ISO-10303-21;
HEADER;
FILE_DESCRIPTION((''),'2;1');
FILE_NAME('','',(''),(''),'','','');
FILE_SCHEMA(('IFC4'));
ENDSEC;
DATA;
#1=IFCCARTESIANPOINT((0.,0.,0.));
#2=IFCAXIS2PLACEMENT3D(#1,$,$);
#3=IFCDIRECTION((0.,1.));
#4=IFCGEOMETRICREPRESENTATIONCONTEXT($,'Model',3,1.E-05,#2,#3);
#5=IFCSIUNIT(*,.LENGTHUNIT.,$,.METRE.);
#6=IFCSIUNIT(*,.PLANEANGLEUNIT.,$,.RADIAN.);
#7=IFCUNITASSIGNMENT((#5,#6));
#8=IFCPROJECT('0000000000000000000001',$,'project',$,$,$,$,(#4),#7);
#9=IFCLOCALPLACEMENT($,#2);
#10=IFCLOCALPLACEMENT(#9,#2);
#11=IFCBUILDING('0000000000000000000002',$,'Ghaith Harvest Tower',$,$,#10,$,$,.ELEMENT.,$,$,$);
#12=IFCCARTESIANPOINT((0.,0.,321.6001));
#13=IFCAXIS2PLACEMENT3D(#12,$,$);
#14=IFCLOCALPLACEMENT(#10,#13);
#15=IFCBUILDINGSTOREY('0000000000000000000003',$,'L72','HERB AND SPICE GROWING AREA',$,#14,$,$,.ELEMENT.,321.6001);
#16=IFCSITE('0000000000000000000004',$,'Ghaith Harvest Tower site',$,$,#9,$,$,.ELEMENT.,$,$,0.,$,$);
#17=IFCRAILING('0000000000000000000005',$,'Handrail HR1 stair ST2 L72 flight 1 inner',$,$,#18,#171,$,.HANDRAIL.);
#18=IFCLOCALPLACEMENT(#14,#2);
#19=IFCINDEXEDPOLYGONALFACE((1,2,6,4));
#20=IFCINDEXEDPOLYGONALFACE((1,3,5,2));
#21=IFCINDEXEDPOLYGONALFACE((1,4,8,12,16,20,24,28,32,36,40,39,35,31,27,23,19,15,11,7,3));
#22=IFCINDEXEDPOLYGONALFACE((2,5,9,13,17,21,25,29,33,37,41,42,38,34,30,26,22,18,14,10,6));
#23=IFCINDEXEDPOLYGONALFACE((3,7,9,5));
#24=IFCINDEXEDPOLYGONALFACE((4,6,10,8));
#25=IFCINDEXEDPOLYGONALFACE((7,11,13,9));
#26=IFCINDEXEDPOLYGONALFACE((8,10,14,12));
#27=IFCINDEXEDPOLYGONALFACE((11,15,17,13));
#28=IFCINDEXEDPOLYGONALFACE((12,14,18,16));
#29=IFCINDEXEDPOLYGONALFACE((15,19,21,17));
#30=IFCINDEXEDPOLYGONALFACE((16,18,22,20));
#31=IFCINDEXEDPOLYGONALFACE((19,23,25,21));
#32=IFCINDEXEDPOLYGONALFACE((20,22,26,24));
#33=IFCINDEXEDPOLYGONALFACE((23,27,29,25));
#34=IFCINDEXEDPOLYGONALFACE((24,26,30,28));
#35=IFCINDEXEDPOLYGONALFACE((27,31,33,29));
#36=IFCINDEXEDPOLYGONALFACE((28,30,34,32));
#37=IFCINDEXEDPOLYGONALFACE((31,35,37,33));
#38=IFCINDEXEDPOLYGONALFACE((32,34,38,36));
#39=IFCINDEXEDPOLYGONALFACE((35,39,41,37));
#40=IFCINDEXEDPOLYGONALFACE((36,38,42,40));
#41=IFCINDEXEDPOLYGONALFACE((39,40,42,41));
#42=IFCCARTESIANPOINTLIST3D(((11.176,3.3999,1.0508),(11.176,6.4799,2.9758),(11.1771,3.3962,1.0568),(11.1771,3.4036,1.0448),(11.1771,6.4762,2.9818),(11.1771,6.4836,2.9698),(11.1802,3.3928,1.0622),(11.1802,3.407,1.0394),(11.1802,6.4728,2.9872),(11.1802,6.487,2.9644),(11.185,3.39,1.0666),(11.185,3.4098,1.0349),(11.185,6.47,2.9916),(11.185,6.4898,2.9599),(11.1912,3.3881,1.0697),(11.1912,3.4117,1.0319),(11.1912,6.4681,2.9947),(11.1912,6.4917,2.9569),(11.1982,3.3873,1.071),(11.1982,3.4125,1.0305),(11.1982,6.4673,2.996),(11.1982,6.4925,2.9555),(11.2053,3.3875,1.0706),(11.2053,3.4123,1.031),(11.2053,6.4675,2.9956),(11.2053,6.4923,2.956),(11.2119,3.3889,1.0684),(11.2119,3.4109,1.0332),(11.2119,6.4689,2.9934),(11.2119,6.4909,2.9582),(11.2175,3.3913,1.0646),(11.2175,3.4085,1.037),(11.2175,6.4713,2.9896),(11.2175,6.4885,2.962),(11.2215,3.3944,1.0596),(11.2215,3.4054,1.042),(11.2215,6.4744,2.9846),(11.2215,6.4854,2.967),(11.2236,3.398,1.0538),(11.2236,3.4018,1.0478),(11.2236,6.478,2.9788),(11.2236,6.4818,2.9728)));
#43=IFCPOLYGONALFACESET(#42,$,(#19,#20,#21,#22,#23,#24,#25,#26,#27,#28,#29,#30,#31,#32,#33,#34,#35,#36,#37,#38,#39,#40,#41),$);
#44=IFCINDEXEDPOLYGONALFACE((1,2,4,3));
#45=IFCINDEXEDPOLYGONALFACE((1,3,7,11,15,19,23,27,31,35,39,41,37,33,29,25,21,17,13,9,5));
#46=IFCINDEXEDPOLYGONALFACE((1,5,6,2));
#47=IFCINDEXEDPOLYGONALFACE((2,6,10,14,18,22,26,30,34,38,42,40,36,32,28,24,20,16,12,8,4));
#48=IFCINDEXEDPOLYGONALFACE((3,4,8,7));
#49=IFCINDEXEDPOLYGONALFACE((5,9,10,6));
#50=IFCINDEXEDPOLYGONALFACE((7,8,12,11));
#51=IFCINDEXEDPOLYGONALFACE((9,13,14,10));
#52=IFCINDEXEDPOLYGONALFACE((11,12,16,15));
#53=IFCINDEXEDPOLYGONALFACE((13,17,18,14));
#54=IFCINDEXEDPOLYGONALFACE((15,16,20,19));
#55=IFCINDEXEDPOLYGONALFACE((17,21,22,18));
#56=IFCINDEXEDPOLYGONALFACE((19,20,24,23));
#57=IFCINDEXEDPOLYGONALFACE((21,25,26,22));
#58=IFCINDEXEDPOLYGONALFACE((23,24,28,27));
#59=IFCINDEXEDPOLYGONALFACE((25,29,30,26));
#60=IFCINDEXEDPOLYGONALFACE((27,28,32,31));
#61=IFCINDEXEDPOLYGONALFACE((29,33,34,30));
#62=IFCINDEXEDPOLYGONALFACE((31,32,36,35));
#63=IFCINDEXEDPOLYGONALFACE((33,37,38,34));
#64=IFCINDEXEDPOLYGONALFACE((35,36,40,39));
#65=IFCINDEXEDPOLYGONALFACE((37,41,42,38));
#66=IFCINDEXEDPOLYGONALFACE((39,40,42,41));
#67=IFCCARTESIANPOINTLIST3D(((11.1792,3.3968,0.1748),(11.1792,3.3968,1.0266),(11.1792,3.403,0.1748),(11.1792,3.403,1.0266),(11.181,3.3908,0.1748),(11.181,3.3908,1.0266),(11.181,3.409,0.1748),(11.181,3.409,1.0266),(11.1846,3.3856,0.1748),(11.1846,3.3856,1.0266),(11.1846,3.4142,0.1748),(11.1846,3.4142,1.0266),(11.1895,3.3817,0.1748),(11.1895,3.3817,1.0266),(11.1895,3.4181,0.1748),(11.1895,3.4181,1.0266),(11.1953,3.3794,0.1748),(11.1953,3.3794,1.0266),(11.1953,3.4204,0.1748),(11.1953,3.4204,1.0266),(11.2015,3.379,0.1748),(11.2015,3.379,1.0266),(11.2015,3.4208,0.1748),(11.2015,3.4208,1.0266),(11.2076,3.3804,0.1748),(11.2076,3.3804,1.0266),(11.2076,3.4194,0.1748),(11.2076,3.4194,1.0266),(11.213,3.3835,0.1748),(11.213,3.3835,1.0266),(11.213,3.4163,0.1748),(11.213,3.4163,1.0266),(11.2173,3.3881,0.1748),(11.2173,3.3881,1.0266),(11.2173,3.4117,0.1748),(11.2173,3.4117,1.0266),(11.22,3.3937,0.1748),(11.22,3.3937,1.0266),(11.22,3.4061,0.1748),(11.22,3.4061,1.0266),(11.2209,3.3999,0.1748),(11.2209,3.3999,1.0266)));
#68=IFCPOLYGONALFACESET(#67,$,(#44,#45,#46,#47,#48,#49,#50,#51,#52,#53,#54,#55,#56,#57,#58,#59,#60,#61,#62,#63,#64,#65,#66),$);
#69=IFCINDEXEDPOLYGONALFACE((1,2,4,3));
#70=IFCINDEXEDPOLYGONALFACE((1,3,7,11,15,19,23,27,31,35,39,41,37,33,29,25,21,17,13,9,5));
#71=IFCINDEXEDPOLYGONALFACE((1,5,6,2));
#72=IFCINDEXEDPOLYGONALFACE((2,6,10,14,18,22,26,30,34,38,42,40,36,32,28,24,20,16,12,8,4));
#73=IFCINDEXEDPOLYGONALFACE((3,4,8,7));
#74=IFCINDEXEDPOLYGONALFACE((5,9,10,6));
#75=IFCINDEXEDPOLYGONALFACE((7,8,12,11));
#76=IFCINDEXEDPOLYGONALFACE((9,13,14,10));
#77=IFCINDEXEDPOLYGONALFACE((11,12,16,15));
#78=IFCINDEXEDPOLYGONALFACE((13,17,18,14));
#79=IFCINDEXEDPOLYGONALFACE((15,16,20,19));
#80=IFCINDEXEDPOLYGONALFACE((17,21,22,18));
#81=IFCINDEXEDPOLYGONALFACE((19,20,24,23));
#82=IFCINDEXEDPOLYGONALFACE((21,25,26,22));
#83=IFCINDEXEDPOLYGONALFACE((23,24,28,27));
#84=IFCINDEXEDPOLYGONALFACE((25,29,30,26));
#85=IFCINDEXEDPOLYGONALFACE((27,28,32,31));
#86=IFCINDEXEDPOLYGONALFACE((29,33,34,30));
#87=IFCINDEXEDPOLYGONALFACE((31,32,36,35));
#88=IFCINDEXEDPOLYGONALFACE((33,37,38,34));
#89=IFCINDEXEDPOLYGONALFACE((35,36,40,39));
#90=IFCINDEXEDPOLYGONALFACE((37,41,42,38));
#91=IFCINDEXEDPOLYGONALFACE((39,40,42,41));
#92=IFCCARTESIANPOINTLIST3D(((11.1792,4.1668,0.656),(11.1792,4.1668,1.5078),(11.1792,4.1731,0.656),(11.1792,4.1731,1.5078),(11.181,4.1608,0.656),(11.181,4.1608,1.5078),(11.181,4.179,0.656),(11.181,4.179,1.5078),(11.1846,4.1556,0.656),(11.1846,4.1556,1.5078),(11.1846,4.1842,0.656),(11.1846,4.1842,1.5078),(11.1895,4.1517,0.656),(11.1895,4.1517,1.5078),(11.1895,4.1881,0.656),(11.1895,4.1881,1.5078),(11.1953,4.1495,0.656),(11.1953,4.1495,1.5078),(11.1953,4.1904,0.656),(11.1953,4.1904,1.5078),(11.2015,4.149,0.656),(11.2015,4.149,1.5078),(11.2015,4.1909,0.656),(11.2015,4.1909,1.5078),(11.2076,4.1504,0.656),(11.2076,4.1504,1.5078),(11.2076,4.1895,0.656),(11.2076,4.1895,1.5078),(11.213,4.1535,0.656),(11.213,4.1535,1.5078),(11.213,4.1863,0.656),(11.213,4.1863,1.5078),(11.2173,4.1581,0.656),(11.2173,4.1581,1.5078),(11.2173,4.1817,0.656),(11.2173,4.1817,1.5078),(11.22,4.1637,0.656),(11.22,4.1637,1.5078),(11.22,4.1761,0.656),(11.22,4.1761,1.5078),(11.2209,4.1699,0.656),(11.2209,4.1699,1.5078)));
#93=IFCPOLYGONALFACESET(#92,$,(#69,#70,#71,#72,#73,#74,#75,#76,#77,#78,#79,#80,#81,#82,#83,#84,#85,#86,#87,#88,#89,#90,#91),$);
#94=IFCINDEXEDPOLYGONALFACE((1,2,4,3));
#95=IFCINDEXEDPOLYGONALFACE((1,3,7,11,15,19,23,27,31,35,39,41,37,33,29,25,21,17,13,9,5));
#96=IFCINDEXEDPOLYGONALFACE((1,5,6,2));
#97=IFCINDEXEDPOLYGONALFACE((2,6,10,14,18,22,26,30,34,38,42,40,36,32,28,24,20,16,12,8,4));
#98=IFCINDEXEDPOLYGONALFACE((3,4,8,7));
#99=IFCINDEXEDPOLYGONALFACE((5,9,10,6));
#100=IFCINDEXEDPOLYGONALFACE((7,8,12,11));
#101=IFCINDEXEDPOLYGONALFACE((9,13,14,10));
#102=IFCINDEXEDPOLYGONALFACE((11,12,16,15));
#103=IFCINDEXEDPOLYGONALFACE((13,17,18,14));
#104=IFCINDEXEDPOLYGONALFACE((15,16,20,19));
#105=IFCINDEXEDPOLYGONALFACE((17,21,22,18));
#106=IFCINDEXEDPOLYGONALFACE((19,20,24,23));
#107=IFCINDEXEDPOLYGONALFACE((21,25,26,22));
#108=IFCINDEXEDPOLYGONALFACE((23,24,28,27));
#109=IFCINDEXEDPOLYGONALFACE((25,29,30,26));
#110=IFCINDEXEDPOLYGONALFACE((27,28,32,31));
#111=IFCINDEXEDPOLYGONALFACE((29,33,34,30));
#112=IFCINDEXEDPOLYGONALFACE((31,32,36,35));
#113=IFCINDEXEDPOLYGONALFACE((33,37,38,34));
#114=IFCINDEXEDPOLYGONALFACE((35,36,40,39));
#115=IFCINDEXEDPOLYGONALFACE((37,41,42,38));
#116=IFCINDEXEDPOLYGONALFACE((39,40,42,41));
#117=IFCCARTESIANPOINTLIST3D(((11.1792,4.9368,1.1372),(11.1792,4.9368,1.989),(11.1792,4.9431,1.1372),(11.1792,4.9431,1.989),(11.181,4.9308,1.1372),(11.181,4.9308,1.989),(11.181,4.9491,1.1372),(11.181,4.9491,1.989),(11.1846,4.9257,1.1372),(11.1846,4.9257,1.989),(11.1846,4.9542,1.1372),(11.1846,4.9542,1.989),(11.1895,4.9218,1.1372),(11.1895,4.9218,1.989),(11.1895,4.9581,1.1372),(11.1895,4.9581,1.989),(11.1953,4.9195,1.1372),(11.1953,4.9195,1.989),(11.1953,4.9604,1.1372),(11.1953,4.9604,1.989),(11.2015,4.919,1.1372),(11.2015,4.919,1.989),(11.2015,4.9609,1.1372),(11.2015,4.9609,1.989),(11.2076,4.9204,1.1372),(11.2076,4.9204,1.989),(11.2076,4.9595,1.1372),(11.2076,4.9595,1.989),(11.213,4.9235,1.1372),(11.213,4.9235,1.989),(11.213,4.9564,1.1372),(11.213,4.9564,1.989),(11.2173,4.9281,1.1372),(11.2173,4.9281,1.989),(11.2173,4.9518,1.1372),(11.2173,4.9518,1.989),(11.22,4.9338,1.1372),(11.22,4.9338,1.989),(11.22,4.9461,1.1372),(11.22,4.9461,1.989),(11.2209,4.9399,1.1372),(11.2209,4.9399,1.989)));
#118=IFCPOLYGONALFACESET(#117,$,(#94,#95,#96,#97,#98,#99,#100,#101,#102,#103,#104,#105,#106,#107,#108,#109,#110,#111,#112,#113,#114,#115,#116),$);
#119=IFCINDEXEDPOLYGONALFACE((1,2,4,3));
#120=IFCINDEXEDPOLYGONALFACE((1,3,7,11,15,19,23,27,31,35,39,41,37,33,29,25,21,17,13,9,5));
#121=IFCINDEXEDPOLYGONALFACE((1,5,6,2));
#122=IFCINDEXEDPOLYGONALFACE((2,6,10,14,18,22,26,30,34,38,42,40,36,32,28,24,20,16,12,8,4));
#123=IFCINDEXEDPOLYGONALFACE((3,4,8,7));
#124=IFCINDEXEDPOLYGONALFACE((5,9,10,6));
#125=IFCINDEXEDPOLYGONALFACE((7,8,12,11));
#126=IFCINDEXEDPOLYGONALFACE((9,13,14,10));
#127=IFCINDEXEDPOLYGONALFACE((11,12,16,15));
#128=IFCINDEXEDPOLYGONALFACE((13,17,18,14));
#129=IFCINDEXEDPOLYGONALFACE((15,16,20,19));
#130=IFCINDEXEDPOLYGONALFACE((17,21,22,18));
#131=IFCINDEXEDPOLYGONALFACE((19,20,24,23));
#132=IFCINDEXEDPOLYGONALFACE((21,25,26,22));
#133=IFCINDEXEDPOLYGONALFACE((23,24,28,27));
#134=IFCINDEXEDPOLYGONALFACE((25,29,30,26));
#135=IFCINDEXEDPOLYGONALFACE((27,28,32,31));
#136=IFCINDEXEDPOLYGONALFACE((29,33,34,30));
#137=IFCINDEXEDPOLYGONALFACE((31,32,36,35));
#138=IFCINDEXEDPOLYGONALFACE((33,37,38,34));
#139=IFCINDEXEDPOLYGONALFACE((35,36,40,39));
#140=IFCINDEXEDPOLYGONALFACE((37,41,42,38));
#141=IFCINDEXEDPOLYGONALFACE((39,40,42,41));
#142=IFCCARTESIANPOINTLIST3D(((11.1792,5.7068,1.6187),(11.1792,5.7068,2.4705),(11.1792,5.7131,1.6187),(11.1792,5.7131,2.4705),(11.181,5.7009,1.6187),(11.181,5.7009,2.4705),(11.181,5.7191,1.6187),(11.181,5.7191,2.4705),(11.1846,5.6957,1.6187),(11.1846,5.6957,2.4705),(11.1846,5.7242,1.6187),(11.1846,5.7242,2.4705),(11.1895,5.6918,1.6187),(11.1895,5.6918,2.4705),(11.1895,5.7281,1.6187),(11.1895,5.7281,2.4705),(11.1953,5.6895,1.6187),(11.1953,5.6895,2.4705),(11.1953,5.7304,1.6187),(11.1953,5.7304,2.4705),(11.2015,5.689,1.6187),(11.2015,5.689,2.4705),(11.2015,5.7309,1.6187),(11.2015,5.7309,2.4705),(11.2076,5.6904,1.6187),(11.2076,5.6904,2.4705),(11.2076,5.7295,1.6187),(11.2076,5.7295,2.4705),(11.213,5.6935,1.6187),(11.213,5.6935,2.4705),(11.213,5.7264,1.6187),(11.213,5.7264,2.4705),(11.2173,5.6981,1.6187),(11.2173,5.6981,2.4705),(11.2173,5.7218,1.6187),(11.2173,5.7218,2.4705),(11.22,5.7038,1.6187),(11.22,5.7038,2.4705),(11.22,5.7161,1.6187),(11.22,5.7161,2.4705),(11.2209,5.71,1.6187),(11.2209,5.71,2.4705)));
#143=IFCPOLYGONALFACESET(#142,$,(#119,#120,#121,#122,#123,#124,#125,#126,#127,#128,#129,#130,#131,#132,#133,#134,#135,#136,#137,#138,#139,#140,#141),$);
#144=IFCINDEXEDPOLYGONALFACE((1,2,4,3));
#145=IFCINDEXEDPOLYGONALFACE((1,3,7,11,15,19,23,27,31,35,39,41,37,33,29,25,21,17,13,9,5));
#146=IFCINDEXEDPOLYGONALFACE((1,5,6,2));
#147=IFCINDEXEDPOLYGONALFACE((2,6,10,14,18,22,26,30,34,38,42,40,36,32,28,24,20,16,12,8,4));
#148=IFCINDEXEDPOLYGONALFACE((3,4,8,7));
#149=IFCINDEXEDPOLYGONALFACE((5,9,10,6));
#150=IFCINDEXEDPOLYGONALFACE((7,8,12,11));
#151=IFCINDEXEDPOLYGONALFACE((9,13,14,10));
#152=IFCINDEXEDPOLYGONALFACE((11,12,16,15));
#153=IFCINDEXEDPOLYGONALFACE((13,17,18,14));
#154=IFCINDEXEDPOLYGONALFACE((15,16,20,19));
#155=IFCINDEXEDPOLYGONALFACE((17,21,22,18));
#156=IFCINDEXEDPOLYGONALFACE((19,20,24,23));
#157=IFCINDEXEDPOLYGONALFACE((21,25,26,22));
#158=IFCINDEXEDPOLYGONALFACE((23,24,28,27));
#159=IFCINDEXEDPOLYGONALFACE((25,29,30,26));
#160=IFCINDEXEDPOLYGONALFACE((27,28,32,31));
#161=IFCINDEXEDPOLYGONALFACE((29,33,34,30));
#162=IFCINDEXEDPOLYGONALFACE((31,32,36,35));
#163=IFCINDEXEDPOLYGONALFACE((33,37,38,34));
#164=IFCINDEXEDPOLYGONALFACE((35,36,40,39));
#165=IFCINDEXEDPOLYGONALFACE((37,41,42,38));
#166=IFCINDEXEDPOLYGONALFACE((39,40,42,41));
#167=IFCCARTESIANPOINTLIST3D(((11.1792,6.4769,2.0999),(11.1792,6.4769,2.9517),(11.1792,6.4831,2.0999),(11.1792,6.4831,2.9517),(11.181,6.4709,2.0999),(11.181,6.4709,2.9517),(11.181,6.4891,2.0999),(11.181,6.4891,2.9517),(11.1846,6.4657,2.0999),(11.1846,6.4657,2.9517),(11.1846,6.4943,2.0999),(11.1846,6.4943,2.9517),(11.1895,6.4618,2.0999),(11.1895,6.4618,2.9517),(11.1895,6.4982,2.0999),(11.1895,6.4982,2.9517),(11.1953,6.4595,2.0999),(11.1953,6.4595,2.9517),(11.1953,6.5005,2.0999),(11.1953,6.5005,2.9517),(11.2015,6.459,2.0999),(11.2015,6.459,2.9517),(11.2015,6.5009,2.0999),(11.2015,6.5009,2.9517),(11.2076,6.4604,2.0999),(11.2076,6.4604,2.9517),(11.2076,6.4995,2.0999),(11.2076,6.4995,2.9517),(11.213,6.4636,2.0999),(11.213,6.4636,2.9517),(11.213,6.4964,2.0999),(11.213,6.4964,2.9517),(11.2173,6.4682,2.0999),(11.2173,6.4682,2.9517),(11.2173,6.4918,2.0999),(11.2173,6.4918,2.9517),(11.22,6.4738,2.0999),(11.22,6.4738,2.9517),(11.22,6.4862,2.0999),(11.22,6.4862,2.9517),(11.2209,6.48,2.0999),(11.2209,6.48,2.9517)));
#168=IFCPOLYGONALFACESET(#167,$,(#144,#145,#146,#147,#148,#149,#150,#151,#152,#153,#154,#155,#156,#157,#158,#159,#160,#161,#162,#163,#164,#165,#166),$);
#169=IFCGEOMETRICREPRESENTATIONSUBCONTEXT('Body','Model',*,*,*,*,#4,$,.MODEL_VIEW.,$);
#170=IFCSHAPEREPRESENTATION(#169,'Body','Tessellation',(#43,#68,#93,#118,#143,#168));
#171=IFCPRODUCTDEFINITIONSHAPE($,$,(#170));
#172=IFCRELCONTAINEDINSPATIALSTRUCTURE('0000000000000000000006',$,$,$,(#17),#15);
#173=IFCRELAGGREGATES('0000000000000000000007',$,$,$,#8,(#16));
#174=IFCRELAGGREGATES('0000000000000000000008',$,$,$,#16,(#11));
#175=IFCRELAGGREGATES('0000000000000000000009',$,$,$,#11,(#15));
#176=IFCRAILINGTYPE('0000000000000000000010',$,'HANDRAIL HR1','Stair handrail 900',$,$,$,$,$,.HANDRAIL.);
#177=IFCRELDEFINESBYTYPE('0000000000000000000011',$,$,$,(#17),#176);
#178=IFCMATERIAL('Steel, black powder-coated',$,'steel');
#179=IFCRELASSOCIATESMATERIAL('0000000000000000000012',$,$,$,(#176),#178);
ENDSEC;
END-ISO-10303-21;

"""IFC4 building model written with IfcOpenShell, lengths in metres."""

from ifc_helpers import new_model, si_unit, direction, frame, origin, origin_2d, place, context, subcontext, project, spatial, circle, extrude, material, type_object, element, save


model = new_model("IFC4")

# Units and contexts
model_context = context("Model", 3, precision=1e-05, world=origin(), true_north=direction((0.0, 1.0)))
body_context = subcontext(model_context, "Body", "Model", "MODEL_VIEW")
ifc_project = project(units=[si_unit("LENGTHUNIT", "METRE"), si_unit("PLANEANGLEUNIT", "RADIAN")], contexts=[model_context])

# Site, building, storey
site_placement = place(None, origin())
site = spatial("IfcSite", under=ifc_project, at=site_placement, Name="Ghaith Harvest Tower site", CompositionType="ELEMENT", RefElevation=0.0)
building_placement = place(site_placement, origin())
building = spatial("IfcBuilding", under=site, at=building_placement, Name="Ghaith Harvest Tower", CompositionType="ELEMENT")
storey_placement = place(building_placement, frame((0.0, 0.0, 321.6001)))
storey = spatial("IfcBuildingStorey", under=building, at=storey_placement, Name="L72", Description="HERB AND SPICE GROWING AREA", CompositionType="ELEMENT", Elevation=321.6001)

# Railing
ifc_material_1 = material(Name="Steel, black powder-coated", Category="steel")
railing_type = type_object("IfcRailingType", Name="HANDRAIL HR1", Description="Stair handrail 900", PredefinedType="HANDRAIL", material=ifc_material_1)
railing_1_placement = place(storey_placement, frame((11.2, 3.3999, 0.1748)))
element("IfcRailing", 1, at=railing_1_placement, inside=storey, type_object=railing_type, Name="Handrail HR1 stair ST2 L72 flight 1 inner", PredefinedType="HANDRAIL", context=body_context, shape_type="SweptSolid", body=[
    extrude(circle(Radius=0.0239, at=origin_2d()), frame((0.0, 0.0, 0.876), z_axis=(0.0, 0.847998, 0.529999), x_axis=(-1.0, 0.0, 0.0)), (0.0, 0.0, 1.0), 3.6321),
    extrude(circle(Radius=0.021, at=origin_2d()), origin(), (0.0, 0.0, 1.0), 0.8518),
    extrude(circle(Radius=0.021, at=origin_2d()), frame((0.0, 0.77, 0.4812)), (0.0, 0.0, 1.0), 0.8518),
    extrude(circle(Radius=0.021, at=origin_2d()), frame((0.0, 1.54, 0.9624)), (0.0, 0.0, 1.0), 0.8518),
    extrude(circle(Radius=0.021, at=origin_2d()), frame((0.0, 2.3101, 1.4438)), (0.0, 0.0, 1.0), 0.8518),
    extrude(circle(Radius=0.021, at=origin_2d()), frame((0.0, 3.0801, 1.925)), (0.0, 0.0, 1.0), 0.8518),
])

save(model, "model.ifc")
